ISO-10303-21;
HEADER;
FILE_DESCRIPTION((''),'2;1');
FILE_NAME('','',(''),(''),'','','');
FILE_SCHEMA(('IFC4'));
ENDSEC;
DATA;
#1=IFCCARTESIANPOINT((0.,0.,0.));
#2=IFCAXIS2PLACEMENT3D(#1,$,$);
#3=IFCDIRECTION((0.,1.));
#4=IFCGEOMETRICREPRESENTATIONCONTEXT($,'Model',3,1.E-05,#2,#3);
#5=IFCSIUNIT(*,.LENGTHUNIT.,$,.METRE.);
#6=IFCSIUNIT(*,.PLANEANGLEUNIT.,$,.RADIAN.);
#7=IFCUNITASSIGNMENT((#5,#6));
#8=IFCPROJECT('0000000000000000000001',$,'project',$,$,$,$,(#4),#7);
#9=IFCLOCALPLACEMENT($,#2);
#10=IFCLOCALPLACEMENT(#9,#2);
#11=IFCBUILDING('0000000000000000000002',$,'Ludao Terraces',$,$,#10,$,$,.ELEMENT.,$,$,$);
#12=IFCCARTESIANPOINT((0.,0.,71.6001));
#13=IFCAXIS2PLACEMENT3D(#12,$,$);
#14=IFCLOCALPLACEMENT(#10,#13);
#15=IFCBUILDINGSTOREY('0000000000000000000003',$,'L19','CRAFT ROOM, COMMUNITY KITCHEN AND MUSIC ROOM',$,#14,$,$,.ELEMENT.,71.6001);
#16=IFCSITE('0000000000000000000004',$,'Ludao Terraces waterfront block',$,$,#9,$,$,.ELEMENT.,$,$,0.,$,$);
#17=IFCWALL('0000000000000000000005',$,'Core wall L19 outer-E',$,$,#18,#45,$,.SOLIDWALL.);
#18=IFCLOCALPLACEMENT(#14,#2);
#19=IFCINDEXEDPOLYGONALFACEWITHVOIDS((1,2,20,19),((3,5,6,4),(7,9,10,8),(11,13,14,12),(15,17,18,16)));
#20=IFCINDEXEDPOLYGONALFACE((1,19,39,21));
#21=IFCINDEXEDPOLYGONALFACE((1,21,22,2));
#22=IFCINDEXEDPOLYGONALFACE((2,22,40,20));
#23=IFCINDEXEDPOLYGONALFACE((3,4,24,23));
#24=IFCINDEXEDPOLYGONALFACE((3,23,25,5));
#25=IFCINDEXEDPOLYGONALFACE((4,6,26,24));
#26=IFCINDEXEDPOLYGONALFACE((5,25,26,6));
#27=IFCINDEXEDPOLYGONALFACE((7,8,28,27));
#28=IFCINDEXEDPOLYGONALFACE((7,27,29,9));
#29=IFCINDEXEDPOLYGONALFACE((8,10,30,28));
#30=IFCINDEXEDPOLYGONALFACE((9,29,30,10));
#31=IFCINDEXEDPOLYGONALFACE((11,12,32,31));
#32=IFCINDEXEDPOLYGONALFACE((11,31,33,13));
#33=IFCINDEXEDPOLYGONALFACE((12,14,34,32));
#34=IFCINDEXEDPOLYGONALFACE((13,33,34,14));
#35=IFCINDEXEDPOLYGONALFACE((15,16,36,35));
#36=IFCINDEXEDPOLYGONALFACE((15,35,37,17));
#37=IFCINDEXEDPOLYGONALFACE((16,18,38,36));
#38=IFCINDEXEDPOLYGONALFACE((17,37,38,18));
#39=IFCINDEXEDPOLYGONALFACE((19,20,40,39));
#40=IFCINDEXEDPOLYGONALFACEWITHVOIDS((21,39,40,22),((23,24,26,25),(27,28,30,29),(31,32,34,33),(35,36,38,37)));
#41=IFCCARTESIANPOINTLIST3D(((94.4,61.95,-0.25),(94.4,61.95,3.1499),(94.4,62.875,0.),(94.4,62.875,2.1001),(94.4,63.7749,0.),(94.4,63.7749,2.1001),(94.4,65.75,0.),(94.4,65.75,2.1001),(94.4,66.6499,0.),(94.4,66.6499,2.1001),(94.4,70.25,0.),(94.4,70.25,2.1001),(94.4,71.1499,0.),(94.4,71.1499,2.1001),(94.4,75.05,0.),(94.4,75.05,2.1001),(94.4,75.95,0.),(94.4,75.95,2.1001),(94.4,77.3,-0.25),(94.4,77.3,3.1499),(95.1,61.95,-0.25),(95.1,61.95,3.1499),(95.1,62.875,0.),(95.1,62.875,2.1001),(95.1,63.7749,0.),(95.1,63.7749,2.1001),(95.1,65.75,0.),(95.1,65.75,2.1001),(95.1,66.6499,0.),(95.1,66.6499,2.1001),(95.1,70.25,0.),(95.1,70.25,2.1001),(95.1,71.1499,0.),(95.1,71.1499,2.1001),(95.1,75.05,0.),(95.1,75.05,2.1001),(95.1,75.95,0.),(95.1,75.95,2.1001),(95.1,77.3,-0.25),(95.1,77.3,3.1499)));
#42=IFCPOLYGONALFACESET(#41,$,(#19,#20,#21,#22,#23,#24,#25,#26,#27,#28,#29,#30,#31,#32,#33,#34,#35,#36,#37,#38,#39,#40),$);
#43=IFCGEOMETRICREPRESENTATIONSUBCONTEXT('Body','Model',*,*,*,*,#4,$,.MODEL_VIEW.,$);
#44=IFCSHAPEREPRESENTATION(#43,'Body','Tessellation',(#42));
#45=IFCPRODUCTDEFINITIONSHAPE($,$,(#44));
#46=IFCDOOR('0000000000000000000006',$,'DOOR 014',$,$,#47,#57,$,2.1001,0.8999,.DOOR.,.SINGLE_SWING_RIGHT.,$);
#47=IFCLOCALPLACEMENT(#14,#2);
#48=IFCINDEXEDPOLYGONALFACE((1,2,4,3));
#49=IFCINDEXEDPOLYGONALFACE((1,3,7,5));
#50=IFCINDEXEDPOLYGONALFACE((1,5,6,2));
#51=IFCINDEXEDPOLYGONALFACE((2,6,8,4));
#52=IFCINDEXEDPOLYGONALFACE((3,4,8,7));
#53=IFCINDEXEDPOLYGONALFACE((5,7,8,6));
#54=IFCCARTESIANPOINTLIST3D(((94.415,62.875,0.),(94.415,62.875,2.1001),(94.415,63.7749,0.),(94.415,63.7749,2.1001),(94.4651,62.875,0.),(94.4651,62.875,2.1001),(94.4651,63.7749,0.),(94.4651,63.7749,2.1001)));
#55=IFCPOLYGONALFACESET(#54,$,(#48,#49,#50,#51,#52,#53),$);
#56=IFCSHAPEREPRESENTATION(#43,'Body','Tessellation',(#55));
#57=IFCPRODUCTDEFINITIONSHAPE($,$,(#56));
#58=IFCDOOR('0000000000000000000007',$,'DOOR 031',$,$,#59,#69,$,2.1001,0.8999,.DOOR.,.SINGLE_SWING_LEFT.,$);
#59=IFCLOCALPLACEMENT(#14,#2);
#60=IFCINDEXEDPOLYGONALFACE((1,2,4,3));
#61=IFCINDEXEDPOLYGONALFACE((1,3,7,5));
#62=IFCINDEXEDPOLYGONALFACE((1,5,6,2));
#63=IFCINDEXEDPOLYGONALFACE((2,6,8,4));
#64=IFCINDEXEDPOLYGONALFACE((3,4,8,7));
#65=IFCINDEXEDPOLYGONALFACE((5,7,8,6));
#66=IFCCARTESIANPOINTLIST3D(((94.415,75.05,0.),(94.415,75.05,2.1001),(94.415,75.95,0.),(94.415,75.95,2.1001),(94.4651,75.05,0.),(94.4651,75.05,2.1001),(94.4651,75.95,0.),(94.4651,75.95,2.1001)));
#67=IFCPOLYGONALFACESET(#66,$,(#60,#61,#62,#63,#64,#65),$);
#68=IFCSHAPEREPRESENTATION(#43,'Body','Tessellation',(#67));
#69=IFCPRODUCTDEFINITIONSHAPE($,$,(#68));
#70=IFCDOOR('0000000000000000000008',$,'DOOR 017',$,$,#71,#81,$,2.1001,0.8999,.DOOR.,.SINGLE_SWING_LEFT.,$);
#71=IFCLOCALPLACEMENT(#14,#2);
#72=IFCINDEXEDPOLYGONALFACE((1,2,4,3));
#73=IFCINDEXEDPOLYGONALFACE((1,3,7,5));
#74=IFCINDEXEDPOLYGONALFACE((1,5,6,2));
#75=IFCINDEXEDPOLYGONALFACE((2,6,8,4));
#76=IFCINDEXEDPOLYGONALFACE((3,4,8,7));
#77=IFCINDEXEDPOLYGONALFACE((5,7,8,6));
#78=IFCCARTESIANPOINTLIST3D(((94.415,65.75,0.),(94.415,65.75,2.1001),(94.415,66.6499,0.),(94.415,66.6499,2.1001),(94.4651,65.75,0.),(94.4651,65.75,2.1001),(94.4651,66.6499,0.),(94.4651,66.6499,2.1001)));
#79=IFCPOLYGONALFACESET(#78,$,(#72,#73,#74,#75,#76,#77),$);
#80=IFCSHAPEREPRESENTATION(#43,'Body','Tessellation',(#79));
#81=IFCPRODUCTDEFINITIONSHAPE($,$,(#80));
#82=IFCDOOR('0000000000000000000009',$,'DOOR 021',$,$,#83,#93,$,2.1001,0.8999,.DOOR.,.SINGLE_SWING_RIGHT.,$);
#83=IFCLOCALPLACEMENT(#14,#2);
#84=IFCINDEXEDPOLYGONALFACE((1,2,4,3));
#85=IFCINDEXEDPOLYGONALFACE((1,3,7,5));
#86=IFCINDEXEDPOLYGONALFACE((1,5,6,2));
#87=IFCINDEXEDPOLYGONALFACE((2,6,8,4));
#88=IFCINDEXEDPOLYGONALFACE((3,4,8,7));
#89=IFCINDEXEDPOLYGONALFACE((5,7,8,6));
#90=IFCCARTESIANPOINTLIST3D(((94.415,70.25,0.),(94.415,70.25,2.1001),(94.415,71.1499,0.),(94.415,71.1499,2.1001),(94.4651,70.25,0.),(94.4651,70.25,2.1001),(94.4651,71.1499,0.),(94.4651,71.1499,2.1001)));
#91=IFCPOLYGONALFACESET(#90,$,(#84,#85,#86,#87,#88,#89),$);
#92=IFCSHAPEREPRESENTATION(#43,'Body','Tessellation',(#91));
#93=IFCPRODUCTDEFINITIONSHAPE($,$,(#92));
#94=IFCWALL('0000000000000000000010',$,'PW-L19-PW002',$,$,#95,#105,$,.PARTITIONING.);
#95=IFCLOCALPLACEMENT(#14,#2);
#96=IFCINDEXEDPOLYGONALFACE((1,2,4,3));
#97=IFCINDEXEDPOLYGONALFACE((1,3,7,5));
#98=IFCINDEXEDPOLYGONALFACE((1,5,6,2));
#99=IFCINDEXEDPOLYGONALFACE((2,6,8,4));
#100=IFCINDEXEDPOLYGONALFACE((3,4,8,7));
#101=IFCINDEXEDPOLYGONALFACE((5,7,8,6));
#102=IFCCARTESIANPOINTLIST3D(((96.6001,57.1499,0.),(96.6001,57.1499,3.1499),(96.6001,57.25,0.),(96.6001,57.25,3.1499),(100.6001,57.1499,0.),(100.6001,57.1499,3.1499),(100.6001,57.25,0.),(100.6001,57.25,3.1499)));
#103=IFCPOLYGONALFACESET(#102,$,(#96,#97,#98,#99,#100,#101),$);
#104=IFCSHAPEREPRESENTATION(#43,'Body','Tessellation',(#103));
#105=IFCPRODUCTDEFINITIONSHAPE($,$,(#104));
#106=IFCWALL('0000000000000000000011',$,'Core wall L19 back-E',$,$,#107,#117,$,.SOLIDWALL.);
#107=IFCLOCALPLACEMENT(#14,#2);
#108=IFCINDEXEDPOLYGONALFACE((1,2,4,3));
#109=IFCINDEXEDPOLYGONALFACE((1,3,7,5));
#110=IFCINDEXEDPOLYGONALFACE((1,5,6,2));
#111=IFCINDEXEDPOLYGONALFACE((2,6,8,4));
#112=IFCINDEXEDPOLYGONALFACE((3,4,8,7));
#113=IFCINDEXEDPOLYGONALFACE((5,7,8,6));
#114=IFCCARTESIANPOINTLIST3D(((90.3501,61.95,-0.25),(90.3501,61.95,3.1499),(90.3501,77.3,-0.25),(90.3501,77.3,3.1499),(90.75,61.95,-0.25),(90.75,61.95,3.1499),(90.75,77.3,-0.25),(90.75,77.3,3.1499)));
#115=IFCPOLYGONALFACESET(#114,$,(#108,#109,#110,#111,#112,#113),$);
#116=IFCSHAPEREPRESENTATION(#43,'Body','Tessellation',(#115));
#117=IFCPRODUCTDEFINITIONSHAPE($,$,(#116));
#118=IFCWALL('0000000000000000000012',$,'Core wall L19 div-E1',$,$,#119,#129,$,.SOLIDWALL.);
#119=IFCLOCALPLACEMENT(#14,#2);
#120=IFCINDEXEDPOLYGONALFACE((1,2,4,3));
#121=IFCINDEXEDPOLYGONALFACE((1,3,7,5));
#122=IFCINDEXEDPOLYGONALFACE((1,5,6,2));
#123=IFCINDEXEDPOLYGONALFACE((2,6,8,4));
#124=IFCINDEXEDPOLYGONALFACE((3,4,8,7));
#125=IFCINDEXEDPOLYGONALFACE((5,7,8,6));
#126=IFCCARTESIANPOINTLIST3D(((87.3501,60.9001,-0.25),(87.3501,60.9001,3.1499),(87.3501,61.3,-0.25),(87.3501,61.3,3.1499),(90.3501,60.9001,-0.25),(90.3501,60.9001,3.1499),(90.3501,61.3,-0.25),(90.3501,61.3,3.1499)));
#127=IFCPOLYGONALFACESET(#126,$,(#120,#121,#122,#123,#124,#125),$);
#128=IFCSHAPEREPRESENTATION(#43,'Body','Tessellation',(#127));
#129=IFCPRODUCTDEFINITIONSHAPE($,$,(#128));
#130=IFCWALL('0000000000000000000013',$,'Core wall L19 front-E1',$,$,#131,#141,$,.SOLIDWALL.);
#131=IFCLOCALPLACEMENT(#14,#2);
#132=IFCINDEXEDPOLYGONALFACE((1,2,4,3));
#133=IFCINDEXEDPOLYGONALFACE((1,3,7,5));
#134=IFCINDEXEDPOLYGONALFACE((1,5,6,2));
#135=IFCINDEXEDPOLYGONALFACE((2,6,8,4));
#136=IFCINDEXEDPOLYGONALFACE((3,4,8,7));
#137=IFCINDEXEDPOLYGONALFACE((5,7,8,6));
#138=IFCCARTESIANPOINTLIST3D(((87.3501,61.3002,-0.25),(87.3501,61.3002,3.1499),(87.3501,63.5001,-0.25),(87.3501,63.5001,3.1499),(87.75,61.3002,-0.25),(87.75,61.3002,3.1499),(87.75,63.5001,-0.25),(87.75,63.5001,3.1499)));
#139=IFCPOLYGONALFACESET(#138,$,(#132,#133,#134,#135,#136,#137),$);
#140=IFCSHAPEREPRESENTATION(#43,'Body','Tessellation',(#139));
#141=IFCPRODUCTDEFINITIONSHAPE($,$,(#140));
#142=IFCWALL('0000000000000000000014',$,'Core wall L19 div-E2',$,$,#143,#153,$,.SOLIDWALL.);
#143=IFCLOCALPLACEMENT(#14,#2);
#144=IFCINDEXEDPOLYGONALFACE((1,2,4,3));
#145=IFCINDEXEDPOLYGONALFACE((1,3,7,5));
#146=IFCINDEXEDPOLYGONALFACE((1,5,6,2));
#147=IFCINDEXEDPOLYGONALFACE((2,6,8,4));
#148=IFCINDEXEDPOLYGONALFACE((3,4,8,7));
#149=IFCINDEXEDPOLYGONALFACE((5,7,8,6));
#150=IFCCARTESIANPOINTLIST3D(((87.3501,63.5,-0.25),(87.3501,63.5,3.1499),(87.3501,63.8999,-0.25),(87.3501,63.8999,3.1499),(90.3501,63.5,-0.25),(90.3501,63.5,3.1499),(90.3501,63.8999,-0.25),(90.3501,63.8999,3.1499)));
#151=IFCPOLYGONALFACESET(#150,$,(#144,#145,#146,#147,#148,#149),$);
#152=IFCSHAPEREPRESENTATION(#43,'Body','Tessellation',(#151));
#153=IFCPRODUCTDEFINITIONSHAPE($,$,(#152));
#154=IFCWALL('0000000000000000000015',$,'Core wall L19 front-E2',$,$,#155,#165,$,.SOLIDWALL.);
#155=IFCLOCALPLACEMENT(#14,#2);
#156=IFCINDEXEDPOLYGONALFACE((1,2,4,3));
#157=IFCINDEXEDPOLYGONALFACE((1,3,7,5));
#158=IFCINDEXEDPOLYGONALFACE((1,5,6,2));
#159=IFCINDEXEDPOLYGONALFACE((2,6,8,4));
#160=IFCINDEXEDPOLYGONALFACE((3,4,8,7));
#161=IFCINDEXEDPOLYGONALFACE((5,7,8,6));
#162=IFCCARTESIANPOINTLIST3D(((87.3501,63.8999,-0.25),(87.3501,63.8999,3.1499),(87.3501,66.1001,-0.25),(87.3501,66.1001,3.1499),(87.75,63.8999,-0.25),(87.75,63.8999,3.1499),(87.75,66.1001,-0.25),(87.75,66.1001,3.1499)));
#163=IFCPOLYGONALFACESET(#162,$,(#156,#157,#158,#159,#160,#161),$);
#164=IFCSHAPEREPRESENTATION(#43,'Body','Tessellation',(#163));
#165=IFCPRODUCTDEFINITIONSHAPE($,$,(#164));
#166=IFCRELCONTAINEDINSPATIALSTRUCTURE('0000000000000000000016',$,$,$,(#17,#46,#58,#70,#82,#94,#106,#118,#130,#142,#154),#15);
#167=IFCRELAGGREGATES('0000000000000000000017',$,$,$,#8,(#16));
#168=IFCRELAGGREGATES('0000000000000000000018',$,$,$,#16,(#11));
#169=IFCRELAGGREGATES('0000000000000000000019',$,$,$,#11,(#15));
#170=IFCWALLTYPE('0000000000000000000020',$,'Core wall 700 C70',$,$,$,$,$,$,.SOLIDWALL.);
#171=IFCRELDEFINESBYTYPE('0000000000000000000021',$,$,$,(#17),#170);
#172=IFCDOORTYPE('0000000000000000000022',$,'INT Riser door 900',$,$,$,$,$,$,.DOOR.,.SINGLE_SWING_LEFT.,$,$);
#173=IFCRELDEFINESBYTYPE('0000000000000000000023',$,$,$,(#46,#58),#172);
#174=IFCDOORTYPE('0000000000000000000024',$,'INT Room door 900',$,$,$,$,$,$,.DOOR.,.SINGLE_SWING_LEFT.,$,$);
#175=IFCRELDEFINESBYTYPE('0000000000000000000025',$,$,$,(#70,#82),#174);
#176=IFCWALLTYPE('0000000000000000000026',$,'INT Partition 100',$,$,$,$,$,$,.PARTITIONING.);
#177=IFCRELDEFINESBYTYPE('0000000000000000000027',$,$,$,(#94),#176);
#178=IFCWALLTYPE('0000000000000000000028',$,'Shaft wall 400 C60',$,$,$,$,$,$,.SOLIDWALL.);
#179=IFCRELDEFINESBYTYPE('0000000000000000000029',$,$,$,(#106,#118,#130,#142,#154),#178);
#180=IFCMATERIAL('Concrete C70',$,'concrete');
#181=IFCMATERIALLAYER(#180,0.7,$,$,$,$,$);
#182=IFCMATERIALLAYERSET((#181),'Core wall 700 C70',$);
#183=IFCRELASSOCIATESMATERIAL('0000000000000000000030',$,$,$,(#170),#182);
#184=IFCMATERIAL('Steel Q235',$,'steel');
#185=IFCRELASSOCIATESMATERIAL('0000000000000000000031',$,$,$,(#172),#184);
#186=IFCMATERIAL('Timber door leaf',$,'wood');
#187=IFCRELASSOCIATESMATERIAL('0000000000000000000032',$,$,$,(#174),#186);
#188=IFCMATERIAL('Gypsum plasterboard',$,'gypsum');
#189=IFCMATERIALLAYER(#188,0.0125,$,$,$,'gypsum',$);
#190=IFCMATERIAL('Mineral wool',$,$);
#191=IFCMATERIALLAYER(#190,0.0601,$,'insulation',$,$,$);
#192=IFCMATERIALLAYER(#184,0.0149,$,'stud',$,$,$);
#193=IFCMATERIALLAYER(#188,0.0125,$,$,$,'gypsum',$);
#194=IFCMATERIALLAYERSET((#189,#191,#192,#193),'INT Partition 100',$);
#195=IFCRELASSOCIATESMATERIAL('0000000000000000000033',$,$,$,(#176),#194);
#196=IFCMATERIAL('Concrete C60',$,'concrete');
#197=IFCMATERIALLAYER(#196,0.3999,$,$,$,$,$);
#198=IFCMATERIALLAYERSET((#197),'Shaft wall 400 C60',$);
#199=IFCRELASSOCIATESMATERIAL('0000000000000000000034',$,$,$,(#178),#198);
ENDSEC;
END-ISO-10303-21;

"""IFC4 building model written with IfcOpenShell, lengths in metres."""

from ifc_helpers import new_model, si_unit, direction, frame, frame_2d, origin, place, context, subcontext, project, spatial, rectangle, extrude, material, layer, layer_set, type_object, element, fill, save


model = new_model("IFC4")

# Units and contexts
model_context = context("Model", 3, precision=1e-05, world=origin(), true_north=direction((0.0, 1.0)))
body_context = subcontext(model_context, "Body", "Model", "MODEL_VIEW")
ifc_project = project(units=[si_unit("LENGTHUNIT", "METRE"), si_unit("PLANEANGLEUNIT", "RADIAN")], contexts=[model_context])

# Site, building, storey
site_placement = place(None, origin())
site = spatial("IfcSite", under=ifc_project, at=site_placement, Name="Ludao Terraces waterfront block", CompositionType="ELEMENT", RefElevation=0.0)
building_placement = place(site_placement, origin())
building = spatial("IfcBuilding", under=site, at=building_placement, Name="Ludao Terraces", CompositionType="ELEMENT")
storey_placement = place(building_placement, frame((0.0, 0.0, 71.6001)))
storey = spatial("IfcBuildingStorey", under=building, at=storey_placement, Name="L19", Description="CRAFT ROOM, COMMUNITY KITCHEN AND MUSIC ROOM", CompositionType="ELEMENT", Elevation=71.6001)

# Wall, openings, doors
ifc_material_1 = material(Name="Concrete C70", Category="concrete")
ifc_layer_1 = layer(ifc_material_1, 0.7)
ifc_layer_set_1 = layer_set([ifc_layer_1], Name="Core wall 700 C70")
wall_type_1 = type_object("IfcWallType", Name="Core wall 700 C70", PredefinedType="SOLIDWALL", material=ifc_layer_set_1)
wall_1_placement = place(storey_placement, frame((94.75, 61.95, -0.25), z_axis=(0.0, 0.0, 1.0), x_axis=(0.0, 1.0, 0.0)))
wall_1 = element("IfcWall", 1, at=wall_1_placement, inside=storey, type_object=wall_type_1, Name="Core wall L19 outer-E", PredefinedType="SOLIDWALL", context=body_context, shape_type="SweptSolid", body=[
    extrude(rectangle(XDim=15.3501, YDim=0.7, at=frame_2d((7.675, 0.0))), origin(), (0.0, 0.0, 1.0), 3.3999),
])
opening_1_placement = place(wall_1_placement, frame((0.925, 0.0, 0.25)))
opening_1 = element("IfcOpeningElement", 2, at=opening_1_placement, cuts=wall_1, PredefinedType="OPENING", context=body_context, shape_type="SweptSolid", body=[
    extrude(rectangle(XDim=0.8999, YDim=2.1001, at=frame_2d((0.45, 1.05))), frame((0.0, 0.3599, 0.0), z_axis=(0.0, -1.0, 0.0), x_axis=(1.0, 0.0, 0.0)), (0.0, 0.0, 1.0), 0.72),
])
opening_2_placement = place(wall_1_placement, frame((3.8, 0.0, 0.25)))
opening_2 = element("IfcOpeningElement", 3, at=opening_2_placement, cuts=wall_1, PredefinedType="OPENING", context=body_context, shape_type="SweptSolid", body=[
    extrude(rectangle(XDim=0.8999, YDim=2.1001, at=frame_2d((0.45, 1.05))), frame((0.0, 0.3599, 0.0), z_axis=(0.0, -1.0, 0.0), x_axis=(1.0, 0.0, 0.0)), (0.0, 0.0, 1.0), 0.72),
])
opening_3_placement = place(wall_1_placement, frame((8.3, 0.0, 0.25)))
opening_3 = element("IfcOpeningElement", 4, at=opening_3_placement, cuts=wall_1, PredefinedType="OPENING", context=body_context, shape_type="SweptSolid", body=[
    extrude(rectangle(XDim=0.8999, YDim=2.1001, at=frame_2d((0.45, 1.05))), frame((0.0, 0.3599, 0.0), z_axis=(0.0, -1.0, 0.0), x_axis=(1.0, 0.0, 0.0)), (0.0, 0.0, 1.0), 0.72),
])
opening_4_placement = place(wall_1_placement, frame((13.1001, 0.0, 0.25)))
opening_4 = element("IfcOpeningElement", 5, at=opening_4_placement, cuts=wall_1, PredefinedType="OPENING", context=body_context, shape_type="SweptSolid", body=[
    extrude(rectangle(XDim=0.8999, YDim=2.1001, at=frame_2d((0.45, 1.05))), frame((0.0, 0.3599, 0.0), z_axis=(0.0, -1.0, 0.0), x_axis=(1.0, 0.0, 0.0)), (0.0, 0.0, 1.0), 0.72),
])
ifc_material_2 = material(Name="Steel Q235", Category="steel")
door_type_1 = type_object("IfcDoorType", Name="INT Riser door 900", OperationType="SINGLE_SWING_LEFT", PredefinedType="DOOR", material=ifc_material_2)
door_1_placement = place(opening_1_placement, origin())
door_1 = element("IfcDoor", 6, at=door_1_placement, inside=storey, type_object=door_type_1, Name="DOOR 014", OperationType="SINGLE_SWING_RIGHT", OverallHeight=2.1001, OverallWidth=0.8999, PredefinedType="DOOR", context=body_context, shape_type="SweptSolid", body=[
    extrude(rectangle(XDim=0.8999, YDim=2.1001, at=frame_2d((0.45, 1.05))), frame((0.0, 0.335, 0.0), z_axis=(0.0, -1.0, 0.0), x_axis=(1.0, 0.0, 0.0)), (0.0, 0.0, 1.0), 0.05),
])
fill(opening_1, door_1)
door_2_placement = place(opening_4_placement, origin())
door_2 = element("IfcDoor", 7, at=door_2_placement, inside=storey, type_object=door_type_1, Name="DOOR 031", OperationType="SINGLE_SWING_LEFT", OverallHeight=2.1001, OverallWidth=0.8999, PredefinedType="DOOR", context=body_context, shape_type="SweptSolid", body=[
    extrude(rectangle(XDim=0.8999, YDim=2.1001, at=frame_2d((0.45, 1.05))), frame((0.0, 0.335, 0.0), z_axis=(0.0, -1.0, 0.0), x_axis=(1.0, 0.0, 0.0)), (0.0, 0.0, 1.0), 0.05),
])
fill(opening_4, door_2)
ifc_material_3 = material(Name="Timber door leaf", Category="wood")
door_type_2 = type_object("IfcDoorType", Name="INT Room door 900", OperationType="SINGLE_SWING_LEFT", PredefinedType="DOOR", material=ifc_material_3)
door_3_placement = place(opening_2_placement, origin())
door_3 = element("IfcDoor", 8, at=door_3_placement, inside=storey, type_object=door_type_2, Name="DOOR 017", OperationType="SINGLE_SWING_LEFT", OverallHeight=2.1001, OverallWidth=0.8999, PredefinedType="DOOR", context=body_context, shape_type="SweptSolid", body=[
    extrude(rectangle(XDim=0.8999, YDim=2.1001, at=frame_2d((0.45, 1.05))), frame((0.0, 0.335, 0.0), z_axis=(0.0, -1.0, 0.0), x_axis=(1.0, 0.0, 0.0)), (0.0, 0.0, 1.0), 0.05),
])
fill(opening_2, door_3)
door_4_placement = place(opening_3_placement, origin())
door_4 = element("IfcDoor", 9, at=door_4_placement, inside=storey, type_object=door_type_2, Name="DOOR 021", OperationType="SINGLE_SWING_RIGHT", OverallHeight=2.1001, OverallWidth=0.8999, PredefinedType="DOOR", context=body_context, shape_type="SweptSolid", body=[
    extrude(rectangle(XDim=0.8999, YDim=2.1001, at=frame_2d((0.45, 1.05))), frame((0.0, 0.335, 0.0), z_axis=(0.0, -1.0, 0.0), x_axis=(1.0, 0.0, 0.0)), (0.0, 0.0, 1.0), 0.05),
])
fill(opening_3, door_4)

# Walls
ifc_material_4 = material(Name="Gypsum plasterboard", Category="gypsum")
ifc_layer_2 = layer(ifc_material_4, 0.0125, Category="gypsum")
ifc_material_5 = material(Name="Mineral wool")
ifc_layer_3 = layer(ifc_material_5, 0.0601, Name="insulation")
ifc_layer_4 = layer(ifc_material_2, 0.0149, Name="stud")
ifc_layer_5 = layer(ifc_material_4, 0.0125, Category="gypsum")
ifc_layer_set_2 = layer_set([ifc_layer_2, ifc_layer_3, ifc_layer_4, ifc_layer_5], Name="INT Partition 100")
wall_type_2 = type_object("IfcWallType", Name="INT Partition 100", PredefinedType="PARTITIONING", material=ifc_layer_set_2)
wall_2_placement = place(storey_placement, frame((96.6001, 57.2, 0.0), z_axis=(0.0, 0.0, 1.0), x_axis=(1.0, 0.0, 0.0)))
element("IfcWall", 10, at=wall_2_placement, inside=storey, type_object=wall_type_2, Name="PW-L19-PW002", PredefinedType="PARTITIONING", context=body_context, shape_type="SweptSolid", body=[
    extrude(rectangle(XDim=4.0, YDim=0.1001, at=frame_2d((2.0, 0.0))), origin(), (0.0, 0.0, 1.0), 3.1499),
])
ifc_material_6 = material(Name="Concrete C60", Category="concrete")
ifc_layer_6 = layer(ifc_material_6, 0.3999)
ifc_layer_set_3 = layer_set([ifc_layer_6], Name="Shaft wall 400 C60")
wall_type_3 = type_object("IfcWallType", Name="Shaft wall 400 C60", PredefinedType="SOLIDWALL", material=ifc_layer_set_3)
wall_3_placement = place(storey_placement, frame((90.55, 61.95, -0.25), z_axis=(0.0, 0.0, 1.0), x_axis=(0.0, 1.0, 0.0)))
element("IfcWall", 11, at=wall_3_placement, inside=storey, type_object=wall_type_3, Name="Core wall L19 back-E", PredefinedType="SOLIDWALL", context=body_context, shape_type="SweptSolid", body=[
    extrude(rectangle(XDim=15.3501, YDim=0.3999, at=frame_2d((7.675, 0.0))), origin(), (0.0, 0.0, 1.0), 3.3999),
])
wall_4_placement = place(storey_placement, frame((87.3501, 61.1001, -0.25), z_axis=(0.0, 0.0, 1.0), x_axis=(1.0, 0.0, 0.0)))
element("IfcWall", 12, at=wall_4_placement, inside=storey, type_object=wall_type_3, Name="Core wall L19 div-E1", PredefinedType="SOLIDWALL", context=body_context, shape_type="SweptSolid", body=[
    extrude(rectangle(XDim=3.0, YDim=0.3999, at=frame_2d((1.5, 0.0))), origin(), (0.0, 0.0, 1.0), 3.3999),
])
wall_5_placement = place(storey_placement, frame((87.55, 61.3, -0.25), z_axis=(0.0, 0.0, 1.0), x_axis=(0.0, 1.0, 0.0)))
element("IfcWall", 13, at=wall_5_placement, inside=storey, type_object=wall_type_3, Name="Core wall L19 front-E1", PredefinedType="SOLIDWALL", context=body_context, shape_type="SweptSolid", body=[
    extrude(rectangle(XDim=2.2, YDim=0.3999, at=frame_2d((1.1001, 0.0))), origin(), (0.0, 0.0, 1.0), 3.3999),
])
wall_6_placement = place(storey_placement, frame((87.3501, 63.7, -0.25), z_axis=(0.0, 0.0, 1.0), x_axis=(1.0, 0.0, 0.0)))
element("IfcWall", 14, at=wall_6_placement, inside=storey, type_object=wall_type_3, Name="Core wall L19 div-E2", PredefinedType="SOLIDWALL", context=body_context, shape_type="SweptSolid", body=[
    extrude(rectangle(XDim=3.0, YDim=0.3999, at=frame_2d((1.5, 0.0))), origin(), (0.0, 0.0, 1.0), 3.3999),
])
wall_7_placement = place(storey_placement, frame((87.55, 63.8999, -0.25), z_axis=(0.0, 0.0, 1.0), x_axis=(0.0, 1.0, 0.0)))
element("IfcWall", 15, at=wall_7_placement, inside=storey, type_object=wall_type_3, Name="Core wall L19 front-E2", PredefinedType="SOLIDWALL", context=body_context, shape_type="SweptSolid", body=[
    extrude(rectangle(XDim=2.2002, YDim=0.3999, at=frame_2d((1.1001, 0.0))), origin(), (0.0, 0.0, 1.0), 3.3999),
])

save(model, "model.ifc")
